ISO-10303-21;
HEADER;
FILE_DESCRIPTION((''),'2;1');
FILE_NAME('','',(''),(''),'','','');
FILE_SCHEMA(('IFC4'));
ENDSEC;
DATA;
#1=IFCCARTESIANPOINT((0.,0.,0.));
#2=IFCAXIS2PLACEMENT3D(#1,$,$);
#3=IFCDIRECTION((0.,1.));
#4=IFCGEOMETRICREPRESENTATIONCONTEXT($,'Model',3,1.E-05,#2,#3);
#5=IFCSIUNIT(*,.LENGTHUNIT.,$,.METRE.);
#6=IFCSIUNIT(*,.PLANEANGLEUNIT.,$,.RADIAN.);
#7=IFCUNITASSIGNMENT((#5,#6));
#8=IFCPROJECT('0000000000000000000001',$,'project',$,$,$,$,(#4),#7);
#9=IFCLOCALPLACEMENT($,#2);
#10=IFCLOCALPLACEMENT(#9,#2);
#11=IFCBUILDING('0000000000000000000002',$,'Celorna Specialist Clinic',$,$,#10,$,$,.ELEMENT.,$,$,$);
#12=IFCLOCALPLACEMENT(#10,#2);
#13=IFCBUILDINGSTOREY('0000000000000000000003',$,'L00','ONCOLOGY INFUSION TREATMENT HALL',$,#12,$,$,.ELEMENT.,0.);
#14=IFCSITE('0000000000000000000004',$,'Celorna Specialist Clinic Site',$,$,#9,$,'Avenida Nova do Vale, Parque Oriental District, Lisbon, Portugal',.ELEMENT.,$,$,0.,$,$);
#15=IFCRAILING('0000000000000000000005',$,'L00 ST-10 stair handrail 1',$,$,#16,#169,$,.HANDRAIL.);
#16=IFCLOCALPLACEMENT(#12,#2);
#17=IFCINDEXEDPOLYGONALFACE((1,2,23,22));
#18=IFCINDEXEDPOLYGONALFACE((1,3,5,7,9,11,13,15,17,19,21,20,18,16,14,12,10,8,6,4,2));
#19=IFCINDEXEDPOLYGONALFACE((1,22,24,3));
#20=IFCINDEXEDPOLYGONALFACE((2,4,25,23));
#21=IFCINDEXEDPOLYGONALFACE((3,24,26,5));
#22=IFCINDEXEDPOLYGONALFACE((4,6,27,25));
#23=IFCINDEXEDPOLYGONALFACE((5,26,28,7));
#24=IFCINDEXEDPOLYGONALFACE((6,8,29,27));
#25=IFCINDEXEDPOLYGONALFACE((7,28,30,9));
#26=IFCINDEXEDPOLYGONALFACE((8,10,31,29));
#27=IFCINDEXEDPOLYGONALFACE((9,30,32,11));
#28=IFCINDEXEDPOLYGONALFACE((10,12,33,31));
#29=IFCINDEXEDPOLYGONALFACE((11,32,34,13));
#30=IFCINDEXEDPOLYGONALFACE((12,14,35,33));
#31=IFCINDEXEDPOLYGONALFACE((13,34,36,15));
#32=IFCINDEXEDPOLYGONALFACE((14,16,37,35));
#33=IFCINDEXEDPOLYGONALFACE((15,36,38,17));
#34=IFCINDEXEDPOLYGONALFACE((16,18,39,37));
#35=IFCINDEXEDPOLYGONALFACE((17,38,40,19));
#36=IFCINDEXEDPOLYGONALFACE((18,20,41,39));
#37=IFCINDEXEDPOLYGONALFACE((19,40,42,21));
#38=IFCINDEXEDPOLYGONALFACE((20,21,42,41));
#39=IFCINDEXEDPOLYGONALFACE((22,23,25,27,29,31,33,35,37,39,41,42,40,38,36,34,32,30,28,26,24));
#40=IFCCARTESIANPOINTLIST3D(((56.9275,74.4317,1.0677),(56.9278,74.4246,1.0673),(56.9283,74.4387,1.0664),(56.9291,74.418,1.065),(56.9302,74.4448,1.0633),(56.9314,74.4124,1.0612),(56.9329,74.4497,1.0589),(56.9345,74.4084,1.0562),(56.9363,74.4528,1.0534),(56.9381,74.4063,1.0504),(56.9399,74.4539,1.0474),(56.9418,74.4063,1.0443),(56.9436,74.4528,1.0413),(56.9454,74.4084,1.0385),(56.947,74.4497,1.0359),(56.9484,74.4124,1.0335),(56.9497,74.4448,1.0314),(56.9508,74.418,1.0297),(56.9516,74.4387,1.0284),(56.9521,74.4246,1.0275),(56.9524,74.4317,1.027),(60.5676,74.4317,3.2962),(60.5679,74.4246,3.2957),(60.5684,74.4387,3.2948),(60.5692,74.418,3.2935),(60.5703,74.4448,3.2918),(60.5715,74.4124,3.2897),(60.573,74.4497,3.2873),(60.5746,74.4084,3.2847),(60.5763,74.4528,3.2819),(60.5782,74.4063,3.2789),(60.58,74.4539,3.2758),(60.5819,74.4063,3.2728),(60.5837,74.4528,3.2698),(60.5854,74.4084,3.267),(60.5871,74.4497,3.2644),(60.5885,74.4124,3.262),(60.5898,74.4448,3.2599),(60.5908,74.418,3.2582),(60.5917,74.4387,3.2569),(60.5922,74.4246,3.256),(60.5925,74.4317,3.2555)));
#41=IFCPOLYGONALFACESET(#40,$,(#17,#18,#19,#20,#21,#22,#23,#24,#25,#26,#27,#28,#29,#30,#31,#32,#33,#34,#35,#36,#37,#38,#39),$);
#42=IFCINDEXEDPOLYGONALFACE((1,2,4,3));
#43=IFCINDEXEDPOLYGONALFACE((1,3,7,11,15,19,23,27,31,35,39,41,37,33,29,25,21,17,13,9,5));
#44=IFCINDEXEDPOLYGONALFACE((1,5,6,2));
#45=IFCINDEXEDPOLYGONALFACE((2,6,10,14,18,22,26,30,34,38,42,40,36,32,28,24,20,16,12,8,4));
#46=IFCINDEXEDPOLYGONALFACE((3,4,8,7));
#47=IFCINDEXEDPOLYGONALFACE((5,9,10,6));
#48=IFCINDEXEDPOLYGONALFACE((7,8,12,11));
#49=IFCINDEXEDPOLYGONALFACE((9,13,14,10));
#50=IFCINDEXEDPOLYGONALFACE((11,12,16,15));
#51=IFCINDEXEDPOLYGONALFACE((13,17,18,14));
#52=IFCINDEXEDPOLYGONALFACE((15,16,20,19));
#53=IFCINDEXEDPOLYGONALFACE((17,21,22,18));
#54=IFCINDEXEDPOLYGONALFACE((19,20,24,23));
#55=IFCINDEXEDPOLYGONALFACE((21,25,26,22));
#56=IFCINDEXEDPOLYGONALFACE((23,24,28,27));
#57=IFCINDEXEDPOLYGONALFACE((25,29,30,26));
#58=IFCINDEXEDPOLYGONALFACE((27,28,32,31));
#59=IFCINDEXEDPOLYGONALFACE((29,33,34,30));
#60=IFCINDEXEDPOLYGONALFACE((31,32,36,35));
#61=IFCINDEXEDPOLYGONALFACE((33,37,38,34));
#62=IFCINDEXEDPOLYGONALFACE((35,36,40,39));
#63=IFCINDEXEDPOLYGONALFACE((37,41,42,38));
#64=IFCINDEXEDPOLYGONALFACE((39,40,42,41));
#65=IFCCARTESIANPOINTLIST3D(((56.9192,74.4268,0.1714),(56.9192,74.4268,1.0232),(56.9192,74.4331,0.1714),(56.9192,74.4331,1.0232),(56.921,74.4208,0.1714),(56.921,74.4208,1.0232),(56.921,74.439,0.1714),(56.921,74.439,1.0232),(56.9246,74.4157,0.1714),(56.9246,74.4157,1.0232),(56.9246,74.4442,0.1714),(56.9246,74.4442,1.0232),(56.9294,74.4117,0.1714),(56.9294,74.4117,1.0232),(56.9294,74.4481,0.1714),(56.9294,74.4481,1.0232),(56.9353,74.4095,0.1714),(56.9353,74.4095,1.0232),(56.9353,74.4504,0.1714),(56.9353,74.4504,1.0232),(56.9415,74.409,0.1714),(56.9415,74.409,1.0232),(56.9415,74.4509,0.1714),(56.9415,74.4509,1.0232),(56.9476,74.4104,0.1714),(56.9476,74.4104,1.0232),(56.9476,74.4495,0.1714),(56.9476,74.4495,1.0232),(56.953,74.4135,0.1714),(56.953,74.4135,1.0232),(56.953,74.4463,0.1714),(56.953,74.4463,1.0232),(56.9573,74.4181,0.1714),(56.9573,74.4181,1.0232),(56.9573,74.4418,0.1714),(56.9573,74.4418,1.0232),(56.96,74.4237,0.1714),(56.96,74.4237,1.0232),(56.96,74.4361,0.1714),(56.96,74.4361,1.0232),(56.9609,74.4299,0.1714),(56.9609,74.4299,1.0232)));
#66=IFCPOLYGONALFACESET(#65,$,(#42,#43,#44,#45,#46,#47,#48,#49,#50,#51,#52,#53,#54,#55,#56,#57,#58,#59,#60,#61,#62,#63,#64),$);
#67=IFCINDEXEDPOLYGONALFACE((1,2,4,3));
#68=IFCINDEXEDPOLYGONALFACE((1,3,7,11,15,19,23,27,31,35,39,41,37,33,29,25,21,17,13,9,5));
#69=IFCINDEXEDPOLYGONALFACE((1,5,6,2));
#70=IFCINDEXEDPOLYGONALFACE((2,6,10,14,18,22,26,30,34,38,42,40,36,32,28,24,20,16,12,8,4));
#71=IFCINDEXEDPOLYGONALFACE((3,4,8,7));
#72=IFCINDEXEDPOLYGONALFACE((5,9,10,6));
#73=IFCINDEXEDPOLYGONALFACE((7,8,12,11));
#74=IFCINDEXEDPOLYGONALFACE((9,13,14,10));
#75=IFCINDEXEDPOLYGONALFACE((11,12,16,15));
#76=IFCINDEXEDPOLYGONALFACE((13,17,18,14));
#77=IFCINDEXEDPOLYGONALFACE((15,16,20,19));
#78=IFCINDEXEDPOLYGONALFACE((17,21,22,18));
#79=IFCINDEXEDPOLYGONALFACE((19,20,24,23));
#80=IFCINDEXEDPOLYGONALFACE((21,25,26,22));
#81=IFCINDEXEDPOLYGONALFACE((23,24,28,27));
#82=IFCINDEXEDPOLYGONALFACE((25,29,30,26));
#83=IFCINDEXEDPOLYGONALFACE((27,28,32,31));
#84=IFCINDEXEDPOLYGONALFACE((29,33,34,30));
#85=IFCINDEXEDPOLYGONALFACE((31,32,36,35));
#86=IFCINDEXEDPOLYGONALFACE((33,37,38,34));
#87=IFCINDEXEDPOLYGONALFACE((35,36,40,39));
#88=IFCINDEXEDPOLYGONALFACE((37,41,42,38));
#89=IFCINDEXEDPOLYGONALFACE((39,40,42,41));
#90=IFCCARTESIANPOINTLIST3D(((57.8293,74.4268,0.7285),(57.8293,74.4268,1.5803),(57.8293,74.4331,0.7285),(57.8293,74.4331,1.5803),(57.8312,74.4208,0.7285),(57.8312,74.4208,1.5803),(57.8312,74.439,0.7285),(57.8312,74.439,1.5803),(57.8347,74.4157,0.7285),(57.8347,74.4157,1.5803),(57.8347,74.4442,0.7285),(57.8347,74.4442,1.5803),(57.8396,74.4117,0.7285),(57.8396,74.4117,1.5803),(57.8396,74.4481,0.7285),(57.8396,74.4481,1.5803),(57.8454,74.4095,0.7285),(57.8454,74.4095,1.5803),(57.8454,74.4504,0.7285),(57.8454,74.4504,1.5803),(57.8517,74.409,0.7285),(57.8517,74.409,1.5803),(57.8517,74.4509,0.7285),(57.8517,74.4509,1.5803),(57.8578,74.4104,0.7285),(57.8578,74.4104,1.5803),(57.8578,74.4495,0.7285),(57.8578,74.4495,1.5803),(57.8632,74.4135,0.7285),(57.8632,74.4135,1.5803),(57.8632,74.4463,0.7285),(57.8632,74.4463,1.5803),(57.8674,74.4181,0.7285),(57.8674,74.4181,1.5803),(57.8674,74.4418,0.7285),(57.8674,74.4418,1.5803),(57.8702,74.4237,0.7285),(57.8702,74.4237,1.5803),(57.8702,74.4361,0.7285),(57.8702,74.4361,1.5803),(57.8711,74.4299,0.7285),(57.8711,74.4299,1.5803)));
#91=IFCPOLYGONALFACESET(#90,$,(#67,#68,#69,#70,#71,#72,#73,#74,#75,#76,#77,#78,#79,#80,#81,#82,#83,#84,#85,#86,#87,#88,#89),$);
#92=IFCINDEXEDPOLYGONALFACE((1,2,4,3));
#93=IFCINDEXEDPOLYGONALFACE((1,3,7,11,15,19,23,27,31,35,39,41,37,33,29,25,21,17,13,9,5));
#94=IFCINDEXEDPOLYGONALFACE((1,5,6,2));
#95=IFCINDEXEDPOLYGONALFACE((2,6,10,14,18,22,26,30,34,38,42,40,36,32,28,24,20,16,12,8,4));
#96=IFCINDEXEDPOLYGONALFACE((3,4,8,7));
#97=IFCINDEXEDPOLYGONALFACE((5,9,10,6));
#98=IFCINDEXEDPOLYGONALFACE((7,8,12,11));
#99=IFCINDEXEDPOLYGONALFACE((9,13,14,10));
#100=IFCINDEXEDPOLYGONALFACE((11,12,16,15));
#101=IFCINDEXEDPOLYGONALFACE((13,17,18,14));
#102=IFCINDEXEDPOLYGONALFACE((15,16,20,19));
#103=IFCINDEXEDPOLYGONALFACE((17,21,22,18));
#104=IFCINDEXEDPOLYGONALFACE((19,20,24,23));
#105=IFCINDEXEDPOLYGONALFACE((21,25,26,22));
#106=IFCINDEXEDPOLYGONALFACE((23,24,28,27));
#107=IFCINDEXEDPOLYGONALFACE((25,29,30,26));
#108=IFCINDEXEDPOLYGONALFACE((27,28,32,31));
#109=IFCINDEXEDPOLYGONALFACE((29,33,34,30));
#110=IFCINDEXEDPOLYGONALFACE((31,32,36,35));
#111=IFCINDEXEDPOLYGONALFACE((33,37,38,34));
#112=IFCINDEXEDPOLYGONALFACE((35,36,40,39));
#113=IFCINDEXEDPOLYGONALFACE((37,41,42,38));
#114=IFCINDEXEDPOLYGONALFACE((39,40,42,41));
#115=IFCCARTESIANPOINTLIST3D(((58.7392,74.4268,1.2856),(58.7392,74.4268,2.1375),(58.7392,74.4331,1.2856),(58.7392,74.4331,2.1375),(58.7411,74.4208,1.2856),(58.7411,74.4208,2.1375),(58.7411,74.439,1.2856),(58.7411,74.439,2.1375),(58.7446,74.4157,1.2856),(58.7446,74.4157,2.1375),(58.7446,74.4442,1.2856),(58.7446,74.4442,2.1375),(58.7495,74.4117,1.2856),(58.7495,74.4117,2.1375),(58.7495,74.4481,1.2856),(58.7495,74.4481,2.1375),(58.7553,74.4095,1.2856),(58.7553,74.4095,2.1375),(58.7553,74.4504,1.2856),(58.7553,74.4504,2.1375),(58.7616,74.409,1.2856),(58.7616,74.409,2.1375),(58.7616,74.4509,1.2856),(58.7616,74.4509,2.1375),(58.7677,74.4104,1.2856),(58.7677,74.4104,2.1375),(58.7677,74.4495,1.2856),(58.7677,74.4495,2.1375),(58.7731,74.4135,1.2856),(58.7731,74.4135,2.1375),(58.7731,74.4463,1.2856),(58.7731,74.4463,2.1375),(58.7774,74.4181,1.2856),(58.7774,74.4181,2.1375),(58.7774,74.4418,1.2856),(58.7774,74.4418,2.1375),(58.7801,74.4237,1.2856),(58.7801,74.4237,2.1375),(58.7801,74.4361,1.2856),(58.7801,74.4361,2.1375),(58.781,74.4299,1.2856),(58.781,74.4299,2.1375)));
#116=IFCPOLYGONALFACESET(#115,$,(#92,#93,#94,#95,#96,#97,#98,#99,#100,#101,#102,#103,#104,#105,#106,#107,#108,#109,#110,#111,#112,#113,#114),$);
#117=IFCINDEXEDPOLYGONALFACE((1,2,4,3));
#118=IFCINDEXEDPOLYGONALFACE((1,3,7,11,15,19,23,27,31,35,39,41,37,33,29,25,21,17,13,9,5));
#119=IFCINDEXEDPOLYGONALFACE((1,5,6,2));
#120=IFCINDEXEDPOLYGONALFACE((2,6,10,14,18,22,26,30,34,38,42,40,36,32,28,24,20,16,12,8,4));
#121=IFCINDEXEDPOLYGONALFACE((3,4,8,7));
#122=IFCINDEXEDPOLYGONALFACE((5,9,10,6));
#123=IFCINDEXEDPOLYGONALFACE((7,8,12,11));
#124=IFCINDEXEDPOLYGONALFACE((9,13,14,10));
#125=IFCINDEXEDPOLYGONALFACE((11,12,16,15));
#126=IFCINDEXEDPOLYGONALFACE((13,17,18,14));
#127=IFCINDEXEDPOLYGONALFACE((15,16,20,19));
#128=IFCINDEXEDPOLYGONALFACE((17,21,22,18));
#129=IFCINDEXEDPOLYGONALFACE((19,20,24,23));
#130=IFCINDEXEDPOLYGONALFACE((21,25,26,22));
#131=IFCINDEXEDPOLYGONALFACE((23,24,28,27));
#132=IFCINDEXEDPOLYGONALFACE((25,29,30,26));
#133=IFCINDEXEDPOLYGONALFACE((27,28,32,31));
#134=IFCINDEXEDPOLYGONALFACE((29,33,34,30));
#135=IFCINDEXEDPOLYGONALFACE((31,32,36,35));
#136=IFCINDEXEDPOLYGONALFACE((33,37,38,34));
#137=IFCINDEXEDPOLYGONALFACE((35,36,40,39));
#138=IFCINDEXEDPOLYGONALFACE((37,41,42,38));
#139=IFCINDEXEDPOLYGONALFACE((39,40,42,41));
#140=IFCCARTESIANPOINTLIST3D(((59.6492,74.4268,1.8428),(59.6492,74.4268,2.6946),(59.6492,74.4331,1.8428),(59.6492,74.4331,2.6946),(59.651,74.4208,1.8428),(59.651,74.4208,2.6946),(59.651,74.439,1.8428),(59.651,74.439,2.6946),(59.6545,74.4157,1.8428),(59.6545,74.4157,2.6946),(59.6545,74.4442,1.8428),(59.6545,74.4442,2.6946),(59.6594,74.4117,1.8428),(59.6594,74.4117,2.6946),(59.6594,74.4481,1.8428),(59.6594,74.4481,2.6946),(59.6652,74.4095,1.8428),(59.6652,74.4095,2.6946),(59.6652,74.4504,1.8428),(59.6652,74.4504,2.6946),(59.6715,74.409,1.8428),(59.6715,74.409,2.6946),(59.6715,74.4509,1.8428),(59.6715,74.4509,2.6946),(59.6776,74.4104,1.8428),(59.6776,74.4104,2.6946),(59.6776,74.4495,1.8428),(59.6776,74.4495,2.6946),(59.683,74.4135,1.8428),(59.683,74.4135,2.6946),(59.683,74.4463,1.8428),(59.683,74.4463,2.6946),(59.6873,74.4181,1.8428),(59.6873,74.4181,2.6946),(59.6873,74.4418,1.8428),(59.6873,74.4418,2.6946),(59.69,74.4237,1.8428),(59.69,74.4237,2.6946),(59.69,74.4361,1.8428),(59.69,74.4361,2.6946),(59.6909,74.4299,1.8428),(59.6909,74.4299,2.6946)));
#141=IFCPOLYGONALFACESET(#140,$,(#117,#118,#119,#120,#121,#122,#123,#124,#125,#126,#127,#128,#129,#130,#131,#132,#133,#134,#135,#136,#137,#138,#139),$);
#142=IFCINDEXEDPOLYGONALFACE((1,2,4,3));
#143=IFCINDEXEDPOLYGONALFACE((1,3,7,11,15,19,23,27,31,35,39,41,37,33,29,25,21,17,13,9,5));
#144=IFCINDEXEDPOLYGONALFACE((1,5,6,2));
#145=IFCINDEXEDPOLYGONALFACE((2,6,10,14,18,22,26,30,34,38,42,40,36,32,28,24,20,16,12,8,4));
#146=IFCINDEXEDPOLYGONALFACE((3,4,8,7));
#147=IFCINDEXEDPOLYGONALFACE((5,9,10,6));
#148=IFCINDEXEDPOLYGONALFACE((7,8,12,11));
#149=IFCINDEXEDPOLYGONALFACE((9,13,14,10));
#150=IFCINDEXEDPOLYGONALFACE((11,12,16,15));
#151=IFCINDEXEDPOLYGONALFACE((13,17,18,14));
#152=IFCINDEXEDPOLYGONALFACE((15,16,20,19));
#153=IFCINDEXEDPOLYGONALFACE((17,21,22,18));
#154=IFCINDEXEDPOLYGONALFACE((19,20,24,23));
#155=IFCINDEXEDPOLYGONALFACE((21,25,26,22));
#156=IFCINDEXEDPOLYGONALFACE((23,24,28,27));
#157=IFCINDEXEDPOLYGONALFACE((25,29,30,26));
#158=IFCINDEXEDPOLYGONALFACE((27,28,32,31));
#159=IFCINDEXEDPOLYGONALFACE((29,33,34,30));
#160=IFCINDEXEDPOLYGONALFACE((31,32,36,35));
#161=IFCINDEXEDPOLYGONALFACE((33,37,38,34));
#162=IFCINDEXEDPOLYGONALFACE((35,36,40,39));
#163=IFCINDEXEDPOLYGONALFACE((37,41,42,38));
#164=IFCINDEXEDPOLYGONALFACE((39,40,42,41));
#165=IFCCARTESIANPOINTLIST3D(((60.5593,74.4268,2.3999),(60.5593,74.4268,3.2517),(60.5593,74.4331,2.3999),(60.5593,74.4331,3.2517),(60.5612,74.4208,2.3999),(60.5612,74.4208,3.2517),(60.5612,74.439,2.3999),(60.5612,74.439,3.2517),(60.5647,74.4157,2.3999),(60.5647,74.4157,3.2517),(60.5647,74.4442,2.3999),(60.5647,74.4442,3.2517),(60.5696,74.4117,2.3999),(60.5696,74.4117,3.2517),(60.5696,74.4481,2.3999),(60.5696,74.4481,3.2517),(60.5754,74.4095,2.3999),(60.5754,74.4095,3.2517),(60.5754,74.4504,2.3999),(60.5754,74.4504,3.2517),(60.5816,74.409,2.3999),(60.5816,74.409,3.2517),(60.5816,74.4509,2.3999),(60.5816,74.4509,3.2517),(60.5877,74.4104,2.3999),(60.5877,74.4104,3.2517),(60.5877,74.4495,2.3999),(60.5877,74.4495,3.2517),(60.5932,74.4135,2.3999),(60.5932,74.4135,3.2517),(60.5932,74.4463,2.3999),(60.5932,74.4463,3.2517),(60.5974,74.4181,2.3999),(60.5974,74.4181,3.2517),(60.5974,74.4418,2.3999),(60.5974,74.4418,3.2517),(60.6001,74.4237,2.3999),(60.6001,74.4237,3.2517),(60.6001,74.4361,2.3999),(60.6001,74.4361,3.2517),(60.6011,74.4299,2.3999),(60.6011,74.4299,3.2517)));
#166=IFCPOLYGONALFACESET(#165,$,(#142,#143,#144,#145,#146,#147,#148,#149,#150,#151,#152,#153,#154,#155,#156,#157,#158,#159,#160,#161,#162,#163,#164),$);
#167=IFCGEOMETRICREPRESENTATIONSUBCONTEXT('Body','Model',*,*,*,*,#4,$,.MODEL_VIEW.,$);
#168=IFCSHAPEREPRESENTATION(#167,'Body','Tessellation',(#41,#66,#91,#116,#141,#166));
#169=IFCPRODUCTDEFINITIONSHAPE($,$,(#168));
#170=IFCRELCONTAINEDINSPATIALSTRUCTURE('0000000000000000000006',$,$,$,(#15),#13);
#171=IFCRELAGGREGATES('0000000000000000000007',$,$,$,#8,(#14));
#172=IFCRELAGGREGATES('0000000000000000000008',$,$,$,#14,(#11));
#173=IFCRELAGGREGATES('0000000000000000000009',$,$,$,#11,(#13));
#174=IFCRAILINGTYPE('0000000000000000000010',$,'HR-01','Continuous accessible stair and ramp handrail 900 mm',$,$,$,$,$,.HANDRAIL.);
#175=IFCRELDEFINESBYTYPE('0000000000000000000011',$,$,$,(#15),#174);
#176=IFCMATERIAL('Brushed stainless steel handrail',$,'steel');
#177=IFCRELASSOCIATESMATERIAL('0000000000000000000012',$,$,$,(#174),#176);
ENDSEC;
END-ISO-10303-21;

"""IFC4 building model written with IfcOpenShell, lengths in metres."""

from ifc_helpers import new_model, si_unit, direction, frame, origin, origin_2d, place, context, subcontext, project, spatial, circle, extrude, material, type_object, element, save


model = new_model("IFC4")

# Units and contexts
model_context = context("Model", 3, precision=1e-05, world=origin(), true_north=direction((0.0, 1.0)))
body_context = subcontext(model_context, "Body", "Model", "MODEL_VIEW")
ifc_project = project(units=[si_unit("LENGTHUNIT", "METRE"), si_unit("PLANEANGLEUNIT", "RADIAN")], contexts=[model_context])

# Site, building, storey
site_placement = place(None, origin())
site = spatial("IfcSite", under=ifc_project, at=site_placement, Name="Celorna Specialist Clinic Site", LongName="Avenida Nova do Vale, Parque Oriental District, Lisbon, Portugal", CompositionType="ELEMENT", RefElevation=0.0)
building_placement = place(site_placement, origin())
building = spatial("IfcBuilding", under=site, at=building_placement, Name="Celorna Specialist Clinic", CompositionType="ELEMENT")
storey_placement = place(building_placement, origin())
storey = spatial("IfcBuildingStorey", under=building, at=storey_placement, Name="L00", Description="ONCOLOGY INFUSION TREATMENT HALL", CompositionType="ELEMENT", Elevation=0.0)

# Railing
ifc_material_1 = material(Name="Brushed stainless steel handrail", Category="steel")
railing_type_1 = type_object("IfcRailingType", Name="HR-01", Description="Continuous accessible stair and ramp handrail 900 mm", PredefinedType="HANDRAIL", material=ifc_material_1)
railing_1_placement = place(storey_placement, frame((56.9399, 74.4299, 0.1714)))
element("IfcRailing", 1, at=railing_1_placement, inside=storey, type_object=railing_type_1, Name="L00 ST-10 stair handrail 1", PredefinedType="HANDRAIL", context=body_context, shape_type="SweptSolid", body=[
    extrude(circle(Radius=0.0239, at=origin_2d()), frame((0.0, 0.0, 0.876), z_axis=(0.852866, 0.0, 0.52213), x_axis=(0.0, 1.0, 0.0)), (0.0, 0.0, 1.0), 4.2681),
    extrude(circle(Radius=0.021, at=origin_2d()), origin(), (0.0, 0.0, 1.0), 0.8518),
    extrude(circle(Radius=0.021, at=origin_2d()), frame((0.9102, 0.0, 0.5571)), (0.0, 0.0, 1.0), 0.8518),
    extrude(circle(Radius=0.021, at=origin_2d()), frame((1.8201, 0.0, 1.1143)), (0.0, 0.0, 1.0), 0.8518),
    extrude(circle(Radius=0.021, at=origin_2d()), frame((2.73, 0.0, 1.6714)), (0.0, 0.0, 1.0), 0.8518),
    extrude(circle(Radius=0.021, at=origin_2d()), frame((3.6401, 0.0, 2.2285)), (0.0, 0.0, 1.0), 0.8518),
])

save(model, "model.ifc")
